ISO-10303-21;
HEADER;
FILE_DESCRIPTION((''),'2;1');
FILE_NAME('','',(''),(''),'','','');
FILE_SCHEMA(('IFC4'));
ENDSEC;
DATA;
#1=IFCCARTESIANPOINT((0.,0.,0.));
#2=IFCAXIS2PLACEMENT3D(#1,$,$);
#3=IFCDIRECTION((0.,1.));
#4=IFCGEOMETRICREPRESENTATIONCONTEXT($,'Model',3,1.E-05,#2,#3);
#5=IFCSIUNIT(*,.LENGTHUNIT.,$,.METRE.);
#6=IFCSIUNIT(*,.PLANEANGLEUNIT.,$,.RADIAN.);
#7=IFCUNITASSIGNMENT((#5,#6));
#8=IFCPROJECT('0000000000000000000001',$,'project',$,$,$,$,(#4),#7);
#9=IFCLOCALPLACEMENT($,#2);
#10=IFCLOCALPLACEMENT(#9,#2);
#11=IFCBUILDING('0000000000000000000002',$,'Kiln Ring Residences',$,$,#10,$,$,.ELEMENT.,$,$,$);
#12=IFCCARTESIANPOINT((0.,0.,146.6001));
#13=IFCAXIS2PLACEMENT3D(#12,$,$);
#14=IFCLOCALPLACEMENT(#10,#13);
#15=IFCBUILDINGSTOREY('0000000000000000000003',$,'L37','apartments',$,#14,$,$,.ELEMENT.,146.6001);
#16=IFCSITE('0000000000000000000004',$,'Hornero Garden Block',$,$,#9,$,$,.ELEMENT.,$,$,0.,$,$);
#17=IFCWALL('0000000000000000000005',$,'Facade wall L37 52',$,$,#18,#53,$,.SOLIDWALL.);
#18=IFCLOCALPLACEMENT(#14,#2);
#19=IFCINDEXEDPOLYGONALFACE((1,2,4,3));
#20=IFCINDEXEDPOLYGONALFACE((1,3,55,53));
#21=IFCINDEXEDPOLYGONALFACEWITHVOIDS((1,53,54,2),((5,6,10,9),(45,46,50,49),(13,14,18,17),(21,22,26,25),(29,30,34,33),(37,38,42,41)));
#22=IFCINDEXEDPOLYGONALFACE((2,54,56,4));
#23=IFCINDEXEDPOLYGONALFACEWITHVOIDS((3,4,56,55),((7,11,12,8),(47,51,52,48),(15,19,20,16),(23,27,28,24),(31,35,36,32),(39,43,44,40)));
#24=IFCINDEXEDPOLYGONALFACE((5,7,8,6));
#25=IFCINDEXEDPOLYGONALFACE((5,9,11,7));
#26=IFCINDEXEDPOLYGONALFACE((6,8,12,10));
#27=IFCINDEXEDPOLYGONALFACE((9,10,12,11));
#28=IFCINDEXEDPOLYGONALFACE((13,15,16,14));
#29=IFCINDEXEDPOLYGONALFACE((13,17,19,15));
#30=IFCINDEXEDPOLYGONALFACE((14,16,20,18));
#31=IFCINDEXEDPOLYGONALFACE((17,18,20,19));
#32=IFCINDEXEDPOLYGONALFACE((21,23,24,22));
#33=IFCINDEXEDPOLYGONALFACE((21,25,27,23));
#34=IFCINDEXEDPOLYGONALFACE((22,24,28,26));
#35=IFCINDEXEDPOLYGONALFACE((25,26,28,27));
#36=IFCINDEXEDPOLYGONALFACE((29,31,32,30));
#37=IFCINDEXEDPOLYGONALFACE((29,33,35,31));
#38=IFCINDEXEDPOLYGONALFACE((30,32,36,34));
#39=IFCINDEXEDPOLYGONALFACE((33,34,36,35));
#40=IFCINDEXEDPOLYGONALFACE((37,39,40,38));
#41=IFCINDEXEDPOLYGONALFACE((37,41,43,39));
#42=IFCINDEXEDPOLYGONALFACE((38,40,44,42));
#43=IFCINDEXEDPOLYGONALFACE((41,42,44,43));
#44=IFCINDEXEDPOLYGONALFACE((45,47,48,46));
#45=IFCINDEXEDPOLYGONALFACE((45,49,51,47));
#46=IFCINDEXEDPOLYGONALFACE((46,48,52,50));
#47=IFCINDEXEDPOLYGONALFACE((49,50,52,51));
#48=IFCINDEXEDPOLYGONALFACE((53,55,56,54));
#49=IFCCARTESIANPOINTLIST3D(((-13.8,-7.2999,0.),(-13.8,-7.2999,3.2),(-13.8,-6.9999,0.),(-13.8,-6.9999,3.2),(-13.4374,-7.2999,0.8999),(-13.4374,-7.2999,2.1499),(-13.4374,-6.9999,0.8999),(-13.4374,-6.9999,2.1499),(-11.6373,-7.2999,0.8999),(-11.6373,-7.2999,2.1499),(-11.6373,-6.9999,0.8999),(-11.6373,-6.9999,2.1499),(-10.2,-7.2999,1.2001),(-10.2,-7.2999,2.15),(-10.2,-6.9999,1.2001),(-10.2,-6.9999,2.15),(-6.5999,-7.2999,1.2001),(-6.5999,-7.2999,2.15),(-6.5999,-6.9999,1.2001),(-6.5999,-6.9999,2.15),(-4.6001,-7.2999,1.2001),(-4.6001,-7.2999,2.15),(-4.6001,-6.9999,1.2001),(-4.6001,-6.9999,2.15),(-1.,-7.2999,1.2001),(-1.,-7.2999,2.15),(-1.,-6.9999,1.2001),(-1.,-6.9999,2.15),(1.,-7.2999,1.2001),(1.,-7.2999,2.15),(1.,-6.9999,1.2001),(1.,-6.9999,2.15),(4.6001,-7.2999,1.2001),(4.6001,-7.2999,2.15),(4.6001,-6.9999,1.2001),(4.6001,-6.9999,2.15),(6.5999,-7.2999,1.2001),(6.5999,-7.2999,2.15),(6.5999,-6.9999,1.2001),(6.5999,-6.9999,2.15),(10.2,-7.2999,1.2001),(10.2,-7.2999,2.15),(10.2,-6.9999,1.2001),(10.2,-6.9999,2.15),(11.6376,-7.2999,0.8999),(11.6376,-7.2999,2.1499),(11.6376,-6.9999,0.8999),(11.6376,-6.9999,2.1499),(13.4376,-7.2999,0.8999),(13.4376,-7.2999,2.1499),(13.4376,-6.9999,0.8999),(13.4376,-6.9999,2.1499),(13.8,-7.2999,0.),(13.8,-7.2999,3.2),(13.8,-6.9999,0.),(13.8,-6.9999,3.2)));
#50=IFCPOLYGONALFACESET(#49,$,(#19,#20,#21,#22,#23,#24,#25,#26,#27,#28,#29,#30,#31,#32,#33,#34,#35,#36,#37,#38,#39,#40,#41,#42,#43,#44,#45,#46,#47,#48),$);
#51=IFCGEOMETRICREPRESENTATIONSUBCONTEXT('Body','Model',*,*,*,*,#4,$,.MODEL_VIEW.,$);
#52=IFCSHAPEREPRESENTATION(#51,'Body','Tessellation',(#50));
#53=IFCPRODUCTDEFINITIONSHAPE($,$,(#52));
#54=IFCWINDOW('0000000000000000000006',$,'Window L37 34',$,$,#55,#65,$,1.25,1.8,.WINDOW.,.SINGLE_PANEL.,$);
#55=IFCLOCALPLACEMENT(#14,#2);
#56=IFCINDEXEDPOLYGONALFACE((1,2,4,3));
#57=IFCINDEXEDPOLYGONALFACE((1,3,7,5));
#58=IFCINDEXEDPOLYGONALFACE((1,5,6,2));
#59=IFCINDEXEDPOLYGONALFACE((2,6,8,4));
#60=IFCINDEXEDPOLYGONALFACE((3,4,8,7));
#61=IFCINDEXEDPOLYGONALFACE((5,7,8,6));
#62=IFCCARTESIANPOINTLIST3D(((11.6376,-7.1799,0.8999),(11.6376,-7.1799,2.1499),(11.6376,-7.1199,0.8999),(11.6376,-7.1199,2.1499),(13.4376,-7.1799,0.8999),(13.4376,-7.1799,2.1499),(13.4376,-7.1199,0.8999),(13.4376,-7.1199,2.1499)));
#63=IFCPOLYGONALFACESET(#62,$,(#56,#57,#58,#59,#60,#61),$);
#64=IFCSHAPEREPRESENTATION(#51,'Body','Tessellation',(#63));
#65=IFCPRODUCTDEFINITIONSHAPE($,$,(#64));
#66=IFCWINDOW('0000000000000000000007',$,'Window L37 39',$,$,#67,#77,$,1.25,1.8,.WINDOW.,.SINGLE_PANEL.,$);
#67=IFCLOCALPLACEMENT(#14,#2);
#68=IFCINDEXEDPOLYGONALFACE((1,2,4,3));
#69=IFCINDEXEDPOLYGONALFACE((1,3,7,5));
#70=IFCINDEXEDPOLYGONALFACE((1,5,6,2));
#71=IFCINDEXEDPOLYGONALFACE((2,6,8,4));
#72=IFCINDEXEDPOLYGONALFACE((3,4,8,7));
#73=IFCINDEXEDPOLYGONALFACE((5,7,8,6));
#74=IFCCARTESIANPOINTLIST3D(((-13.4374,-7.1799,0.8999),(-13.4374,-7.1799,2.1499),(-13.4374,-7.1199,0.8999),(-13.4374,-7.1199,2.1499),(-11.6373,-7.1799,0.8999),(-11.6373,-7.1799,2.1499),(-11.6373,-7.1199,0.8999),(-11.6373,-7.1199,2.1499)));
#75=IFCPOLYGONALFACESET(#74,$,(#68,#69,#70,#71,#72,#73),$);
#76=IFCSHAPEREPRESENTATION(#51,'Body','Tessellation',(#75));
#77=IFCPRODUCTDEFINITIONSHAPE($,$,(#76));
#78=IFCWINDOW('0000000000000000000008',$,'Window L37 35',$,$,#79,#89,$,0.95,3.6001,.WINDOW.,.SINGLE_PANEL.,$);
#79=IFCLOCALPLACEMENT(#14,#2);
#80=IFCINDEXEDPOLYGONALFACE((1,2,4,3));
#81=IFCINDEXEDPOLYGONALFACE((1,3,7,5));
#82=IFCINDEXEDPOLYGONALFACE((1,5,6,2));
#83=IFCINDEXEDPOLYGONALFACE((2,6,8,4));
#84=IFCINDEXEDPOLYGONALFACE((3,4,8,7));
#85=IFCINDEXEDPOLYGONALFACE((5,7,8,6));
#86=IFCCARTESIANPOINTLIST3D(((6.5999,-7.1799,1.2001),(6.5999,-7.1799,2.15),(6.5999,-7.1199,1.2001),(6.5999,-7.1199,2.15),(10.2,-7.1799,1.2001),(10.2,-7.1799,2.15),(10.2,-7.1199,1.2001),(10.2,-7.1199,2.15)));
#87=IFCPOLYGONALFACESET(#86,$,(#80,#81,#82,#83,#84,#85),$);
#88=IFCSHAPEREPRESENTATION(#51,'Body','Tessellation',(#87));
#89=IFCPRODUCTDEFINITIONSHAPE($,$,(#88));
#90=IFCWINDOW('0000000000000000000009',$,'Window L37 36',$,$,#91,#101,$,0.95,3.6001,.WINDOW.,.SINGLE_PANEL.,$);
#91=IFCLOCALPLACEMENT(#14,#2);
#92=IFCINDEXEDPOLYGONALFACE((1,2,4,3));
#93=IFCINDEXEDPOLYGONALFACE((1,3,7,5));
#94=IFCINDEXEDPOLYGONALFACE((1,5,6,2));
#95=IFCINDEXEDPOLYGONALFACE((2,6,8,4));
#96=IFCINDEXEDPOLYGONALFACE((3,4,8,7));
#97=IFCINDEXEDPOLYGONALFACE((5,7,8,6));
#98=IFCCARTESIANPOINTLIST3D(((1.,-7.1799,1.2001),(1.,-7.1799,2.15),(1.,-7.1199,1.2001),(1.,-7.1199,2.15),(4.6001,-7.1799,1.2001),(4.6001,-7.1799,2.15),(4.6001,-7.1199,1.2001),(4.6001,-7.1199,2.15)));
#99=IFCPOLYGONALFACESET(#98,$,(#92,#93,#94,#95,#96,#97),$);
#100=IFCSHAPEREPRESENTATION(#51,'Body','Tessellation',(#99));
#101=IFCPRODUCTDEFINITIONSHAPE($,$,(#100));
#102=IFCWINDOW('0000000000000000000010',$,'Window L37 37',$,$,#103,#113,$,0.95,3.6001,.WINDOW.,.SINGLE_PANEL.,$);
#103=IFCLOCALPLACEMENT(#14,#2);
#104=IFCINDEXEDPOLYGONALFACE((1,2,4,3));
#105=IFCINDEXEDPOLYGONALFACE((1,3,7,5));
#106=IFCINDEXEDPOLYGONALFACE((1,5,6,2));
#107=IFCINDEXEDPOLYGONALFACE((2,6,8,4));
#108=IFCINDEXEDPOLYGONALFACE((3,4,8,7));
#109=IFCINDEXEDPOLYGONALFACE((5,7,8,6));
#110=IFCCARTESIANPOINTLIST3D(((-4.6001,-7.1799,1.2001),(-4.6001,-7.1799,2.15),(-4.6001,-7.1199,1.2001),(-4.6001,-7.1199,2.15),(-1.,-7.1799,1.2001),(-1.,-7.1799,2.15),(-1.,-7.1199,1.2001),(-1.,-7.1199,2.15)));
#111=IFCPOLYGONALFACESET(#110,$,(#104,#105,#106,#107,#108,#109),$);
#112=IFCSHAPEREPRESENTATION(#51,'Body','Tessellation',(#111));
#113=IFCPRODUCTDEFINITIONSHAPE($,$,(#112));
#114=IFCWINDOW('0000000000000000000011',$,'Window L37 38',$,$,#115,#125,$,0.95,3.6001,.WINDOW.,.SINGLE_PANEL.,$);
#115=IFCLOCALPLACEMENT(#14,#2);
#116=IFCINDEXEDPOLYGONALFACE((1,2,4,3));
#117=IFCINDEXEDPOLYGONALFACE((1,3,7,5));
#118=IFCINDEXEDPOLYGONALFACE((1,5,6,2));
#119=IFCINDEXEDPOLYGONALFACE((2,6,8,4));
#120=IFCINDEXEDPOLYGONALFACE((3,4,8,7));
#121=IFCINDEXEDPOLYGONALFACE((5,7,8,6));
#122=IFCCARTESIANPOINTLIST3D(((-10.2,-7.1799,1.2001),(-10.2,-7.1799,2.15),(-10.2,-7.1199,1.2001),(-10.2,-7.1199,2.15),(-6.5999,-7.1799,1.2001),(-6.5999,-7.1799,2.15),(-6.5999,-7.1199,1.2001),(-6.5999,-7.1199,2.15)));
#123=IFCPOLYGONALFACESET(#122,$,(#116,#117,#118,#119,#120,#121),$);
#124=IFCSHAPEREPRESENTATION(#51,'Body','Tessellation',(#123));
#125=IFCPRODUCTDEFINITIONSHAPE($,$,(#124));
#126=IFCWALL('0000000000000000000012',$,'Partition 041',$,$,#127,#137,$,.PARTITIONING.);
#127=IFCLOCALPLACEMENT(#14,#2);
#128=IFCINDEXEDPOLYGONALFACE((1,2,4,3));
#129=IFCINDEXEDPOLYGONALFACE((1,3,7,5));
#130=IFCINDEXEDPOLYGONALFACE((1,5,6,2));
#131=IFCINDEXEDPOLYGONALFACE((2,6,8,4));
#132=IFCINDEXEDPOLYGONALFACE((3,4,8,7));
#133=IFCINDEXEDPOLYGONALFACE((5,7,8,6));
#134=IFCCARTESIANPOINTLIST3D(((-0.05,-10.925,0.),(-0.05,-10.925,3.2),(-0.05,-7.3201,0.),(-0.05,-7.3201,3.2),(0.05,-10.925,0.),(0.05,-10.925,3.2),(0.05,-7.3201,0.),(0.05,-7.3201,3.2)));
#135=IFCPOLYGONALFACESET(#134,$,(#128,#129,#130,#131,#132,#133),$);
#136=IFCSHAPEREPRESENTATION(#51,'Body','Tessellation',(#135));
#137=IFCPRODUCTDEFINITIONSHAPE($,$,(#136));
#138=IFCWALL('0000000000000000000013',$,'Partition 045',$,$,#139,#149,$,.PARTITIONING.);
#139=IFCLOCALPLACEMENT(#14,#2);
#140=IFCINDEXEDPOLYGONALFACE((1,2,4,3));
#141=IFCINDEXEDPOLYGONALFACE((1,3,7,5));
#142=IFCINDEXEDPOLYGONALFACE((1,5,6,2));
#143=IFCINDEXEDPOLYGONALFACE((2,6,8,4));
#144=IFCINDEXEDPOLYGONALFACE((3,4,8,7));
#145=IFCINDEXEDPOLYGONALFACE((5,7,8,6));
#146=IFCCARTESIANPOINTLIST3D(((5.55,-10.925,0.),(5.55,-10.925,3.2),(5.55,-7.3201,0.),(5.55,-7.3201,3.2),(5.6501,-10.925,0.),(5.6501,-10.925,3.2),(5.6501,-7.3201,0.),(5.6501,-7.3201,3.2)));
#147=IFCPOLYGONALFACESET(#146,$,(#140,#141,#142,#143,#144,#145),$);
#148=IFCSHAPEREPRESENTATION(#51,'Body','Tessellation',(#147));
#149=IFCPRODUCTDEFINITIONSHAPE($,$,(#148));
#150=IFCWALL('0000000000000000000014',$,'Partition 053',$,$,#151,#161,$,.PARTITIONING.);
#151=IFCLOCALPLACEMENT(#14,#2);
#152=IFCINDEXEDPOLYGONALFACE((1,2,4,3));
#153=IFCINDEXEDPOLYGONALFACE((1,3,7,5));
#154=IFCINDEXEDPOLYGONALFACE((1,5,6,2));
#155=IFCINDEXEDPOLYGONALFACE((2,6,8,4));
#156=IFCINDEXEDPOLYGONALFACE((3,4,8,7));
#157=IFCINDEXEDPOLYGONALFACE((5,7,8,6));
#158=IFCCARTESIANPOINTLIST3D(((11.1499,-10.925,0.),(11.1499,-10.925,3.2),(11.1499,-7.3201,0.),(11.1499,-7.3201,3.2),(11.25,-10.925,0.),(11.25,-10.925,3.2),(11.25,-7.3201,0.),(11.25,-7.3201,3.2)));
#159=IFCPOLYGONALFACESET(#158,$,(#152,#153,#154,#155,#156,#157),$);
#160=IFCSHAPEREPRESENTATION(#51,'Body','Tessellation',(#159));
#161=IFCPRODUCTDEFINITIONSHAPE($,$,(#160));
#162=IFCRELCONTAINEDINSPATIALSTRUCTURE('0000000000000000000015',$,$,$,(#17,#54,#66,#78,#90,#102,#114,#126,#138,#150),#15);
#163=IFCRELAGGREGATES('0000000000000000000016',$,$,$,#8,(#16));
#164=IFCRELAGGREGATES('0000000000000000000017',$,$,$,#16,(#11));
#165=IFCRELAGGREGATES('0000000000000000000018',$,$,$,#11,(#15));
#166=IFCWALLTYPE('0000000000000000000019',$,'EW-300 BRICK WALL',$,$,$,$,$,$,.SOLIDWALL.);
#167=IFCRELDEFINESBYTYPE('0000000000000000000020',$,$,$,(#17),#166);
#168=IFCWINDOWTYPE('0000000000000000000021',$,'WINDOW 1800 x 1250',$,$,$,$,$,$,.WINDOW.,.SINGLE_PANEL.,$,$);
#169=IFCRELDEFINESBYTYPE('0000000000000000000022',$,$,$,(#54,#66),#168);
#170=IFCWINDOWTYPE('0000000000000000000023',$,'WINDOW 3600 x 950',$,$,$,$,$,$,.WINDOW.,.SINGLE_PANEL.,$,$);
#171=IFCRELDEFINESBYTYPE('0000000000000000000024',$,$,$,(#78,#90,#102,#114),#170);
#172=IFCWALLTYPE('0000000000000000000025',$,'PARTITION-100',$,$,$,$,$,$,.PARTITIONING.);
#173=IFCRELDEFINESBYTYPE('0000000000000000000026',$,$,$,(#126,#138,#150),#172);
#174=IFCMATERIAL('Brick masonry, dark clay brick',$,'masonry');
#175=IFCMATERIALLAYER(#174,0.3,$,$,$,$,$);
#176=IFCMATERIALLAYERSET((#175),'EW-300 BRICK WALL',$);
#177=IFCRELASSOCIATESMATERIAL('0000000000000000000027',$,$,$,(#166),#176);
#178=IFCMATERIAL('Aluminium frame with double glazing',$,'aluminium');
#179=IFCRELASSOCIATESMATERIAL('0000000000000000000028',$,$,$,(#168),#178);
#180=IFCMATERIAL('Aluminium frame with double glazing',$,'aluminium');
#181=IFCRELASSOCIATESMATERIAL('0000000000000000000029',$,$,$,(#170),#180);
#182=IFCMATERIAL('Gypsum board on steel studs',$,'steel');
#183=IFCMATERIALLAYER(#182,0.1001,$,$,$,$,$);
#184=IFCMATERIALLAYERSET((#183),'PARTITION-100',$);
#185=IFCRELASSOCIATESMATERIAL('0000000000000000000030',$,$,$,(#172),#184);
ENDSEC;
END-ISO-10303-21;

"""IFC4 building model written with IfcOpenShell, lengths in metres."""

from ifc_helpers import new_model, si_unit, direction, frame, frame_2d, origin, place, context, subcontext, project, spatial, rectangle, extrude, material, layer, layer_set, type_object, element, fill, save


model = new_model("IFC4")

# Units and contexts
model_context = context("Model", 3, precision=1e-05, world=origin(), true_north=direction((0.0, 1.0)))
body_context = subcontext(model_context, "Body", "Model", "MODEL_VIEW")
ifc_project = project(units=[si_unit("LENGTHUNIT", "METRE"), si_unit("PLANEANGLEUNIT", "RADIAN")], contexts=[model_context])

# Site, building, storey
site_placement = place(None, origin())
site = spatial("IfcSite", under=ifc_project, at=site_placement, Name="Hornero Garden Block", CompositionType="ELEMENT", RefElevation=0.0)
building_placement = place(site_placement, origin())
building = spatial("IfcBuilding", under=site, at=building_placement, Name="Kiln Ring Residences", CompositionType="ELEMENT")
storey_placement = place(building_placement, frame((0.0, 0.0, 146.6001)))
storey = spatial("IfcBuildingStorey", under=building, at=storey_placement, Name="L37", Description="apartments", CompositionType="ELEMENT", Elevation=146.6001)

# Wall, openings, windows
ifc_material_1 = material(Name="Brick masonry, dark clay brick", Category="masonry")
ifc_layer_1 = layer(ifc_material_1, 0.3)
ifc_layer_set_1 = layer_set([ifc_layer_1], Name="EW-300 BRICK WALL")
wall_type_1 = type_object("IfcWallType", Name="EW-300 BRICK WALL", PredefinedType="SOLIDWALL", material=ifc_layer_set_1)
wall_1_placement = place(storey_placement, frame((13.8, -7.1499, 0.0), z_axis=(0.0, 0.0, 1.0), x_axis=(-1.0, 0.0, 0.0)))
wall_1 = element("IfcWall", 1, at=wall_1_placement, inside=storey, type_object=wall_type_1, Name="Facade wall L37 52", PredefinedType="SOLIDWALL", context=body_context, shape_type="SweptSolid", body=[
    extrude(rectangle(XDim=27.6001, YDim=0.3, at=frame_2d((13.8, 0.0))), origin(), (0.0, 0.0, 1.0), 3.2),
])
opening_1_placement = place(wall_1_placement, frame((0.3625, 0.0, 0.8999)))
opening_1 = element("IfcOpeningElement", 2, at=opening_1_placement, cuts=wall_1, PredefinedType="OPENING", context=body_context, shape_type="SweptSolid", body=[
    extrude(rectangle(XDim=1.8, YDim=1.25, at=frame_2d((0.8999, 0.625))), frame((0.0, 0.1599, 0.0), z_axis=(0.0, -1.0, 0.0), x_axis=(1.0, 0.0, 0.0)), (0.0, 0.0, 1.0), 0.3201),
])
opening_2_placement = place(wall_1_placement, frame((3.6001, 0.0, 1.2)))
opening_2 = element("IfcOpeningElement", 3, at=opening_2_placement, cuts=wall_1, PredefinedType="OPENING", context=body_context, shape_type="SweptSolid", body=[
    extrude(rectangle(XDim=3.6001, YDim=0.95, at=frame_2d((1.8, 0.4751))), frame((0.0, 0.1599, 0.0), z_axis=(0.0, -1.0, 0.0), x_axis=(1.0, 0.0, 0.0)), (0.0, 0.0, 1.0), 0.3201),
])
opening_3_placement = place(wall_1_placement, frame((9.2, 0.0, 1.2)))
opening_3 = element("IfcOpeningElement", 4, at=opening_3_placement, cuts=wall_1, PredefinedType="OPENING", context=body_context, shape_type="SweptSolid", body=[
    extrude(rectangle(XDim=3.6001, YDim=0.95, at=frame_2d((1.8, 0.4751))), frame((0.0, 0.1599, 0.0), z_axis=(0.0, -1.0, 0.0), x_axis=(1.0, 0.0, 0.0)), (0.0, 0.0, 1.0), 0.3201),
])
opening_4_placement = place(wall_1_placement, frame((14.8, 0.0, 1.2)))
opening_4 = element("IfcOpeningElement", 5, at=opening_4_placement, cuts=wall_1, PredefinedType="OPENING", context=body_context, shape_type="SweptSolid", body=[
    extrude(rectangle(XDim=3.6001, YDim=0.95, at=frame_2d((1.8, 0.4751))), frame((0.0, 0.1599, 0.0), z_axis=(0.0, -1.0, 0.0), x_axis=(1.0, 0.0, 0.0)), (0.0, 0.0, 1.0), 0.3201),
])
opening_5_placement = place(wall_1_placement, frame((20.3999, 0.0, 1.2)))
opening_5 = element("IfcOpeningElement", 6, at=opening_5_placement, cuts=wall_1, PredefinedType="OPENING", context=body_context, shape_type="SweptSolid", body=[
    extrude(rectangle(XDim=3.6001, YDim=0.95, at=frame_2d((1.8, 0.4751))), frame((0.0, 0.1599, 0.0), z_axis=(0.0, -1.0, 0.0), x_axis=(1.0, 0.0, 0.0)), (0.0, 0.0, 1.0), 0.3201),
])
opening_6_placement = place(wall_1_placement, frame((25.4375, 0.0, 0.8999)))
opening_6 = element("IfcOpeningElement", 7, at=opening_6_placement, cuts=wall_1, PredefinedType="OPENING", context=body_context, shape_type="SweptSolid", body=[
    extrude(rectangle(XDim=1.8, YDim=1.25, at=frame_2d((0.8999, 0.625))), frame((0.0, 0.1599, 0.0), z_axis=(0.0, -1.0, 0.0), x_axis=(1.0, 0.0, 0.0)), (0.0, 0.0, 1.0), 0.3201),
])
ifc_material_2 = material(Name="Aluminium frame with double glazing", Category="aluminium")
window_type_1 = type_object("IfcWindowType", Name="WINDOW 1800 x 1250", PartitioningType="SINGLE_PANEL", PredefinedType="WINDOW", material=ifc_material_2)
window_1_placement = place(opening_1_placement, origin())
window_1 = element("IfcWindow", 8, at=window_1_placement, inside=storey, type_object=window_type_1, Name="Window L37 34", OverallHeight=1.25, OverallWidth=1.8, PartitioningType="SINGLE_PANEL", PredefinedType="WINDOW", context=body_context, shape_type="SweptSolid", body=[
    extrude(rectangle(XDim=1.8, YDim=1.25, at=frame_2d((0.8999, 0.625))), frame((0.0, 0.03, 0.0), z_axis=(0.0, -1.0, 0.0), x_axis=(1.0, 0.0, 0.0)), (0.0, 0.0, 1.0), 0.0601),
])
fill(opening_1, window_1)
window_2_placement = place(opening_6_placement, origin())
window_2 = element("IfcWindow", 9, at=window_2_placement, inside=storey, type_object=window_type_1, Name="Window L37 39", OverallHeight=1.25, OverallWidth=1.8, PartitioningType="SINGLE_PANEL", PredefinedType="WINDOW", context=body_context, shape_type="SweptSolid", body=[
    extrude(rectangle(XDim=1.8, YDim=1.25, at=frame_2d((0.8999, 0.625))), frame((0.0, 0.03, 0.0), z_axis=(0.0, -1.0, 0.0), x_axis=(1.0, 0.0, 0.0)), (0.0, 0.0, 1.0), 0.0601),
])
fill(opening_6, window_2)
ifc_material_3 = material(Name="Aluminium frame with double glazing", Category="aluminium")
window_type_2 = type_object("IfcWindowType", Name="WINDOW 3600 x 950", PartitioningType="SINGLE_PANEL", PredefinedType="WINDOW", material=ifc_material_3)
window_3_placement = place(opening_2_placement, origin())
window_3 = element("IfcWindow", 10, at=window_3_placement, inside=storey, type_object=window_type_2, Name="Window L37 35", OverallHeight=0.95, OverallWidth=3.6001, PartitioningType="SINGLE_PANEL", PredefinedType="WINDOW", context=body_context, shape_type="SweptSolid", body=[
    extrude(rectangle(XDim=3.6001, YDim=0.95, at=frame_2d((1.8, 0.4751))), frame((0.0, 0.03, 0.0), z_axis=(0.0, -1.0, 0.0), x_axis=(1.0, 0.0, 0.0)), (0.0, 0.0, 1.0), 0.0601),
])
fill(opening_2, window_3)
window_4_placement = place(opening_3_placement, origin())
window_4 = element("IfcWindow", 11, at=window_4_placement, inside=storey, type_object=window_type_2, Name="Window L37 36", OverallHeight=0.95, OverallWidth=3.6001, PartitioningType="SINGLE_PANEL", PredefinedType="WINDOW", context=body_context, shape_type="SweptSolid", body=[
    extrude(rectangle(XDim=3.6001, YDim=0.95, at=frame_2d((1.8, 0.4751))), frame((0.0, 0.03, 0.0), z_axis=(0.0, -1.0, 0.0), x_axis=(1.0, 0.0, 0.0)), (0.0, 0.0, 1.0), 0.0601),
])
fill(opening_3, window_4)
window_5_placement = place(opening_4_placement, origin())
window_5 = element("IfcWindow", 12, at=window_5_placement, inside=storey, type_object=window_type_2, Name="Window L37 37", OverallHeight=0.95, OverallWidth=3.6001, PartitioningType="SINGLE_PANEL", PredefinedType="WINDOW", context=body_context, shape_type="SweptSolid", body=[
    extrude(rectangle(XDim=3.6001, YDim=0.95, at=frame_2d((1.8, 0.4751))), frame((0.0, 0.03, 0.0), z_axis=(0.0, -1.0, 0.0), x_axis=(1.0, 0.0, 0.0)), (0.0, 0.0, 1.0), 0.0601),
])
fill(opening_4, window_5)
window_6_placement = place(opening_5_placement, origin())
window_6 = element("IfcWindow", 13, at=window_6_placement, inside=storey, type_object=window_type_2, Name="Window L37 38", OverallHeight=0.95, OverallWidth=3.6001, PartitioningType="SINGLE_PANEL", PredefinedType="WINDOW", context=body_context, shape_type="SweptSolid", body=[
    extrude(rectangle(XDim=3.6001, YDim=0.95, at=frame_2d((1.8, 0.4751))), frame((0.0, 0.03, 0.0), z_axis=(0.0, -1.0, 0.0), x_axis=(1.0, 0.0, 0.0)), (0.0, 0.0, 1.0), 0.0601),
])
fill(opening_5, window_6)

# Walls
ifc_material_4 = material(Name="Gypsum board on steel studs", Category="steel")
ifc_layer_2 = layer(ifc_material_4, 0.1001)
ifc_layer_set_2 = layer_set([ifc_layer_2], Name="PARTITION-100")
wall_type_2 = type_object("IfcWallType", Name="PARTITION-100", PredefinedType="PARTITIONING", material=ifc_layer_set_2)
for number, where, z_axis, x_axis, name in (
    (14, (0.0, -10.925, 0.0), (0.0, 0.0, 1.0), (0.0, 1.0, 0.0), "Partition 041"),
    (15, (5.6001, -10.925, 0.0), (0.0, 0.0, 1.0), (0.0, 1.0, 0.0), "Partition 045"),
    (16, (11.2, -10.925, 0.0), (0.0, 0.0, 1.0), (0.0, 1.0, 0.0), "Partition 053"),
):
    element("IfcWall", number, at=place(storey_placement, frame(where, z_axis=z_axis, x_axis=x_axis)), inside=storey, type_object=wall_type_2, Name=name, PredefinedType="PARTITIONING", context=body_context, shape_type="SweptSolid", body=[
        extrude(rectangle(XDim=3.605, YDim=0.1001, at=frame_2d((1.8025, 0.0))), origin(), (0.0, 0.0, 1.0), 3.2),
    ])

save(model, "model.ifc")
